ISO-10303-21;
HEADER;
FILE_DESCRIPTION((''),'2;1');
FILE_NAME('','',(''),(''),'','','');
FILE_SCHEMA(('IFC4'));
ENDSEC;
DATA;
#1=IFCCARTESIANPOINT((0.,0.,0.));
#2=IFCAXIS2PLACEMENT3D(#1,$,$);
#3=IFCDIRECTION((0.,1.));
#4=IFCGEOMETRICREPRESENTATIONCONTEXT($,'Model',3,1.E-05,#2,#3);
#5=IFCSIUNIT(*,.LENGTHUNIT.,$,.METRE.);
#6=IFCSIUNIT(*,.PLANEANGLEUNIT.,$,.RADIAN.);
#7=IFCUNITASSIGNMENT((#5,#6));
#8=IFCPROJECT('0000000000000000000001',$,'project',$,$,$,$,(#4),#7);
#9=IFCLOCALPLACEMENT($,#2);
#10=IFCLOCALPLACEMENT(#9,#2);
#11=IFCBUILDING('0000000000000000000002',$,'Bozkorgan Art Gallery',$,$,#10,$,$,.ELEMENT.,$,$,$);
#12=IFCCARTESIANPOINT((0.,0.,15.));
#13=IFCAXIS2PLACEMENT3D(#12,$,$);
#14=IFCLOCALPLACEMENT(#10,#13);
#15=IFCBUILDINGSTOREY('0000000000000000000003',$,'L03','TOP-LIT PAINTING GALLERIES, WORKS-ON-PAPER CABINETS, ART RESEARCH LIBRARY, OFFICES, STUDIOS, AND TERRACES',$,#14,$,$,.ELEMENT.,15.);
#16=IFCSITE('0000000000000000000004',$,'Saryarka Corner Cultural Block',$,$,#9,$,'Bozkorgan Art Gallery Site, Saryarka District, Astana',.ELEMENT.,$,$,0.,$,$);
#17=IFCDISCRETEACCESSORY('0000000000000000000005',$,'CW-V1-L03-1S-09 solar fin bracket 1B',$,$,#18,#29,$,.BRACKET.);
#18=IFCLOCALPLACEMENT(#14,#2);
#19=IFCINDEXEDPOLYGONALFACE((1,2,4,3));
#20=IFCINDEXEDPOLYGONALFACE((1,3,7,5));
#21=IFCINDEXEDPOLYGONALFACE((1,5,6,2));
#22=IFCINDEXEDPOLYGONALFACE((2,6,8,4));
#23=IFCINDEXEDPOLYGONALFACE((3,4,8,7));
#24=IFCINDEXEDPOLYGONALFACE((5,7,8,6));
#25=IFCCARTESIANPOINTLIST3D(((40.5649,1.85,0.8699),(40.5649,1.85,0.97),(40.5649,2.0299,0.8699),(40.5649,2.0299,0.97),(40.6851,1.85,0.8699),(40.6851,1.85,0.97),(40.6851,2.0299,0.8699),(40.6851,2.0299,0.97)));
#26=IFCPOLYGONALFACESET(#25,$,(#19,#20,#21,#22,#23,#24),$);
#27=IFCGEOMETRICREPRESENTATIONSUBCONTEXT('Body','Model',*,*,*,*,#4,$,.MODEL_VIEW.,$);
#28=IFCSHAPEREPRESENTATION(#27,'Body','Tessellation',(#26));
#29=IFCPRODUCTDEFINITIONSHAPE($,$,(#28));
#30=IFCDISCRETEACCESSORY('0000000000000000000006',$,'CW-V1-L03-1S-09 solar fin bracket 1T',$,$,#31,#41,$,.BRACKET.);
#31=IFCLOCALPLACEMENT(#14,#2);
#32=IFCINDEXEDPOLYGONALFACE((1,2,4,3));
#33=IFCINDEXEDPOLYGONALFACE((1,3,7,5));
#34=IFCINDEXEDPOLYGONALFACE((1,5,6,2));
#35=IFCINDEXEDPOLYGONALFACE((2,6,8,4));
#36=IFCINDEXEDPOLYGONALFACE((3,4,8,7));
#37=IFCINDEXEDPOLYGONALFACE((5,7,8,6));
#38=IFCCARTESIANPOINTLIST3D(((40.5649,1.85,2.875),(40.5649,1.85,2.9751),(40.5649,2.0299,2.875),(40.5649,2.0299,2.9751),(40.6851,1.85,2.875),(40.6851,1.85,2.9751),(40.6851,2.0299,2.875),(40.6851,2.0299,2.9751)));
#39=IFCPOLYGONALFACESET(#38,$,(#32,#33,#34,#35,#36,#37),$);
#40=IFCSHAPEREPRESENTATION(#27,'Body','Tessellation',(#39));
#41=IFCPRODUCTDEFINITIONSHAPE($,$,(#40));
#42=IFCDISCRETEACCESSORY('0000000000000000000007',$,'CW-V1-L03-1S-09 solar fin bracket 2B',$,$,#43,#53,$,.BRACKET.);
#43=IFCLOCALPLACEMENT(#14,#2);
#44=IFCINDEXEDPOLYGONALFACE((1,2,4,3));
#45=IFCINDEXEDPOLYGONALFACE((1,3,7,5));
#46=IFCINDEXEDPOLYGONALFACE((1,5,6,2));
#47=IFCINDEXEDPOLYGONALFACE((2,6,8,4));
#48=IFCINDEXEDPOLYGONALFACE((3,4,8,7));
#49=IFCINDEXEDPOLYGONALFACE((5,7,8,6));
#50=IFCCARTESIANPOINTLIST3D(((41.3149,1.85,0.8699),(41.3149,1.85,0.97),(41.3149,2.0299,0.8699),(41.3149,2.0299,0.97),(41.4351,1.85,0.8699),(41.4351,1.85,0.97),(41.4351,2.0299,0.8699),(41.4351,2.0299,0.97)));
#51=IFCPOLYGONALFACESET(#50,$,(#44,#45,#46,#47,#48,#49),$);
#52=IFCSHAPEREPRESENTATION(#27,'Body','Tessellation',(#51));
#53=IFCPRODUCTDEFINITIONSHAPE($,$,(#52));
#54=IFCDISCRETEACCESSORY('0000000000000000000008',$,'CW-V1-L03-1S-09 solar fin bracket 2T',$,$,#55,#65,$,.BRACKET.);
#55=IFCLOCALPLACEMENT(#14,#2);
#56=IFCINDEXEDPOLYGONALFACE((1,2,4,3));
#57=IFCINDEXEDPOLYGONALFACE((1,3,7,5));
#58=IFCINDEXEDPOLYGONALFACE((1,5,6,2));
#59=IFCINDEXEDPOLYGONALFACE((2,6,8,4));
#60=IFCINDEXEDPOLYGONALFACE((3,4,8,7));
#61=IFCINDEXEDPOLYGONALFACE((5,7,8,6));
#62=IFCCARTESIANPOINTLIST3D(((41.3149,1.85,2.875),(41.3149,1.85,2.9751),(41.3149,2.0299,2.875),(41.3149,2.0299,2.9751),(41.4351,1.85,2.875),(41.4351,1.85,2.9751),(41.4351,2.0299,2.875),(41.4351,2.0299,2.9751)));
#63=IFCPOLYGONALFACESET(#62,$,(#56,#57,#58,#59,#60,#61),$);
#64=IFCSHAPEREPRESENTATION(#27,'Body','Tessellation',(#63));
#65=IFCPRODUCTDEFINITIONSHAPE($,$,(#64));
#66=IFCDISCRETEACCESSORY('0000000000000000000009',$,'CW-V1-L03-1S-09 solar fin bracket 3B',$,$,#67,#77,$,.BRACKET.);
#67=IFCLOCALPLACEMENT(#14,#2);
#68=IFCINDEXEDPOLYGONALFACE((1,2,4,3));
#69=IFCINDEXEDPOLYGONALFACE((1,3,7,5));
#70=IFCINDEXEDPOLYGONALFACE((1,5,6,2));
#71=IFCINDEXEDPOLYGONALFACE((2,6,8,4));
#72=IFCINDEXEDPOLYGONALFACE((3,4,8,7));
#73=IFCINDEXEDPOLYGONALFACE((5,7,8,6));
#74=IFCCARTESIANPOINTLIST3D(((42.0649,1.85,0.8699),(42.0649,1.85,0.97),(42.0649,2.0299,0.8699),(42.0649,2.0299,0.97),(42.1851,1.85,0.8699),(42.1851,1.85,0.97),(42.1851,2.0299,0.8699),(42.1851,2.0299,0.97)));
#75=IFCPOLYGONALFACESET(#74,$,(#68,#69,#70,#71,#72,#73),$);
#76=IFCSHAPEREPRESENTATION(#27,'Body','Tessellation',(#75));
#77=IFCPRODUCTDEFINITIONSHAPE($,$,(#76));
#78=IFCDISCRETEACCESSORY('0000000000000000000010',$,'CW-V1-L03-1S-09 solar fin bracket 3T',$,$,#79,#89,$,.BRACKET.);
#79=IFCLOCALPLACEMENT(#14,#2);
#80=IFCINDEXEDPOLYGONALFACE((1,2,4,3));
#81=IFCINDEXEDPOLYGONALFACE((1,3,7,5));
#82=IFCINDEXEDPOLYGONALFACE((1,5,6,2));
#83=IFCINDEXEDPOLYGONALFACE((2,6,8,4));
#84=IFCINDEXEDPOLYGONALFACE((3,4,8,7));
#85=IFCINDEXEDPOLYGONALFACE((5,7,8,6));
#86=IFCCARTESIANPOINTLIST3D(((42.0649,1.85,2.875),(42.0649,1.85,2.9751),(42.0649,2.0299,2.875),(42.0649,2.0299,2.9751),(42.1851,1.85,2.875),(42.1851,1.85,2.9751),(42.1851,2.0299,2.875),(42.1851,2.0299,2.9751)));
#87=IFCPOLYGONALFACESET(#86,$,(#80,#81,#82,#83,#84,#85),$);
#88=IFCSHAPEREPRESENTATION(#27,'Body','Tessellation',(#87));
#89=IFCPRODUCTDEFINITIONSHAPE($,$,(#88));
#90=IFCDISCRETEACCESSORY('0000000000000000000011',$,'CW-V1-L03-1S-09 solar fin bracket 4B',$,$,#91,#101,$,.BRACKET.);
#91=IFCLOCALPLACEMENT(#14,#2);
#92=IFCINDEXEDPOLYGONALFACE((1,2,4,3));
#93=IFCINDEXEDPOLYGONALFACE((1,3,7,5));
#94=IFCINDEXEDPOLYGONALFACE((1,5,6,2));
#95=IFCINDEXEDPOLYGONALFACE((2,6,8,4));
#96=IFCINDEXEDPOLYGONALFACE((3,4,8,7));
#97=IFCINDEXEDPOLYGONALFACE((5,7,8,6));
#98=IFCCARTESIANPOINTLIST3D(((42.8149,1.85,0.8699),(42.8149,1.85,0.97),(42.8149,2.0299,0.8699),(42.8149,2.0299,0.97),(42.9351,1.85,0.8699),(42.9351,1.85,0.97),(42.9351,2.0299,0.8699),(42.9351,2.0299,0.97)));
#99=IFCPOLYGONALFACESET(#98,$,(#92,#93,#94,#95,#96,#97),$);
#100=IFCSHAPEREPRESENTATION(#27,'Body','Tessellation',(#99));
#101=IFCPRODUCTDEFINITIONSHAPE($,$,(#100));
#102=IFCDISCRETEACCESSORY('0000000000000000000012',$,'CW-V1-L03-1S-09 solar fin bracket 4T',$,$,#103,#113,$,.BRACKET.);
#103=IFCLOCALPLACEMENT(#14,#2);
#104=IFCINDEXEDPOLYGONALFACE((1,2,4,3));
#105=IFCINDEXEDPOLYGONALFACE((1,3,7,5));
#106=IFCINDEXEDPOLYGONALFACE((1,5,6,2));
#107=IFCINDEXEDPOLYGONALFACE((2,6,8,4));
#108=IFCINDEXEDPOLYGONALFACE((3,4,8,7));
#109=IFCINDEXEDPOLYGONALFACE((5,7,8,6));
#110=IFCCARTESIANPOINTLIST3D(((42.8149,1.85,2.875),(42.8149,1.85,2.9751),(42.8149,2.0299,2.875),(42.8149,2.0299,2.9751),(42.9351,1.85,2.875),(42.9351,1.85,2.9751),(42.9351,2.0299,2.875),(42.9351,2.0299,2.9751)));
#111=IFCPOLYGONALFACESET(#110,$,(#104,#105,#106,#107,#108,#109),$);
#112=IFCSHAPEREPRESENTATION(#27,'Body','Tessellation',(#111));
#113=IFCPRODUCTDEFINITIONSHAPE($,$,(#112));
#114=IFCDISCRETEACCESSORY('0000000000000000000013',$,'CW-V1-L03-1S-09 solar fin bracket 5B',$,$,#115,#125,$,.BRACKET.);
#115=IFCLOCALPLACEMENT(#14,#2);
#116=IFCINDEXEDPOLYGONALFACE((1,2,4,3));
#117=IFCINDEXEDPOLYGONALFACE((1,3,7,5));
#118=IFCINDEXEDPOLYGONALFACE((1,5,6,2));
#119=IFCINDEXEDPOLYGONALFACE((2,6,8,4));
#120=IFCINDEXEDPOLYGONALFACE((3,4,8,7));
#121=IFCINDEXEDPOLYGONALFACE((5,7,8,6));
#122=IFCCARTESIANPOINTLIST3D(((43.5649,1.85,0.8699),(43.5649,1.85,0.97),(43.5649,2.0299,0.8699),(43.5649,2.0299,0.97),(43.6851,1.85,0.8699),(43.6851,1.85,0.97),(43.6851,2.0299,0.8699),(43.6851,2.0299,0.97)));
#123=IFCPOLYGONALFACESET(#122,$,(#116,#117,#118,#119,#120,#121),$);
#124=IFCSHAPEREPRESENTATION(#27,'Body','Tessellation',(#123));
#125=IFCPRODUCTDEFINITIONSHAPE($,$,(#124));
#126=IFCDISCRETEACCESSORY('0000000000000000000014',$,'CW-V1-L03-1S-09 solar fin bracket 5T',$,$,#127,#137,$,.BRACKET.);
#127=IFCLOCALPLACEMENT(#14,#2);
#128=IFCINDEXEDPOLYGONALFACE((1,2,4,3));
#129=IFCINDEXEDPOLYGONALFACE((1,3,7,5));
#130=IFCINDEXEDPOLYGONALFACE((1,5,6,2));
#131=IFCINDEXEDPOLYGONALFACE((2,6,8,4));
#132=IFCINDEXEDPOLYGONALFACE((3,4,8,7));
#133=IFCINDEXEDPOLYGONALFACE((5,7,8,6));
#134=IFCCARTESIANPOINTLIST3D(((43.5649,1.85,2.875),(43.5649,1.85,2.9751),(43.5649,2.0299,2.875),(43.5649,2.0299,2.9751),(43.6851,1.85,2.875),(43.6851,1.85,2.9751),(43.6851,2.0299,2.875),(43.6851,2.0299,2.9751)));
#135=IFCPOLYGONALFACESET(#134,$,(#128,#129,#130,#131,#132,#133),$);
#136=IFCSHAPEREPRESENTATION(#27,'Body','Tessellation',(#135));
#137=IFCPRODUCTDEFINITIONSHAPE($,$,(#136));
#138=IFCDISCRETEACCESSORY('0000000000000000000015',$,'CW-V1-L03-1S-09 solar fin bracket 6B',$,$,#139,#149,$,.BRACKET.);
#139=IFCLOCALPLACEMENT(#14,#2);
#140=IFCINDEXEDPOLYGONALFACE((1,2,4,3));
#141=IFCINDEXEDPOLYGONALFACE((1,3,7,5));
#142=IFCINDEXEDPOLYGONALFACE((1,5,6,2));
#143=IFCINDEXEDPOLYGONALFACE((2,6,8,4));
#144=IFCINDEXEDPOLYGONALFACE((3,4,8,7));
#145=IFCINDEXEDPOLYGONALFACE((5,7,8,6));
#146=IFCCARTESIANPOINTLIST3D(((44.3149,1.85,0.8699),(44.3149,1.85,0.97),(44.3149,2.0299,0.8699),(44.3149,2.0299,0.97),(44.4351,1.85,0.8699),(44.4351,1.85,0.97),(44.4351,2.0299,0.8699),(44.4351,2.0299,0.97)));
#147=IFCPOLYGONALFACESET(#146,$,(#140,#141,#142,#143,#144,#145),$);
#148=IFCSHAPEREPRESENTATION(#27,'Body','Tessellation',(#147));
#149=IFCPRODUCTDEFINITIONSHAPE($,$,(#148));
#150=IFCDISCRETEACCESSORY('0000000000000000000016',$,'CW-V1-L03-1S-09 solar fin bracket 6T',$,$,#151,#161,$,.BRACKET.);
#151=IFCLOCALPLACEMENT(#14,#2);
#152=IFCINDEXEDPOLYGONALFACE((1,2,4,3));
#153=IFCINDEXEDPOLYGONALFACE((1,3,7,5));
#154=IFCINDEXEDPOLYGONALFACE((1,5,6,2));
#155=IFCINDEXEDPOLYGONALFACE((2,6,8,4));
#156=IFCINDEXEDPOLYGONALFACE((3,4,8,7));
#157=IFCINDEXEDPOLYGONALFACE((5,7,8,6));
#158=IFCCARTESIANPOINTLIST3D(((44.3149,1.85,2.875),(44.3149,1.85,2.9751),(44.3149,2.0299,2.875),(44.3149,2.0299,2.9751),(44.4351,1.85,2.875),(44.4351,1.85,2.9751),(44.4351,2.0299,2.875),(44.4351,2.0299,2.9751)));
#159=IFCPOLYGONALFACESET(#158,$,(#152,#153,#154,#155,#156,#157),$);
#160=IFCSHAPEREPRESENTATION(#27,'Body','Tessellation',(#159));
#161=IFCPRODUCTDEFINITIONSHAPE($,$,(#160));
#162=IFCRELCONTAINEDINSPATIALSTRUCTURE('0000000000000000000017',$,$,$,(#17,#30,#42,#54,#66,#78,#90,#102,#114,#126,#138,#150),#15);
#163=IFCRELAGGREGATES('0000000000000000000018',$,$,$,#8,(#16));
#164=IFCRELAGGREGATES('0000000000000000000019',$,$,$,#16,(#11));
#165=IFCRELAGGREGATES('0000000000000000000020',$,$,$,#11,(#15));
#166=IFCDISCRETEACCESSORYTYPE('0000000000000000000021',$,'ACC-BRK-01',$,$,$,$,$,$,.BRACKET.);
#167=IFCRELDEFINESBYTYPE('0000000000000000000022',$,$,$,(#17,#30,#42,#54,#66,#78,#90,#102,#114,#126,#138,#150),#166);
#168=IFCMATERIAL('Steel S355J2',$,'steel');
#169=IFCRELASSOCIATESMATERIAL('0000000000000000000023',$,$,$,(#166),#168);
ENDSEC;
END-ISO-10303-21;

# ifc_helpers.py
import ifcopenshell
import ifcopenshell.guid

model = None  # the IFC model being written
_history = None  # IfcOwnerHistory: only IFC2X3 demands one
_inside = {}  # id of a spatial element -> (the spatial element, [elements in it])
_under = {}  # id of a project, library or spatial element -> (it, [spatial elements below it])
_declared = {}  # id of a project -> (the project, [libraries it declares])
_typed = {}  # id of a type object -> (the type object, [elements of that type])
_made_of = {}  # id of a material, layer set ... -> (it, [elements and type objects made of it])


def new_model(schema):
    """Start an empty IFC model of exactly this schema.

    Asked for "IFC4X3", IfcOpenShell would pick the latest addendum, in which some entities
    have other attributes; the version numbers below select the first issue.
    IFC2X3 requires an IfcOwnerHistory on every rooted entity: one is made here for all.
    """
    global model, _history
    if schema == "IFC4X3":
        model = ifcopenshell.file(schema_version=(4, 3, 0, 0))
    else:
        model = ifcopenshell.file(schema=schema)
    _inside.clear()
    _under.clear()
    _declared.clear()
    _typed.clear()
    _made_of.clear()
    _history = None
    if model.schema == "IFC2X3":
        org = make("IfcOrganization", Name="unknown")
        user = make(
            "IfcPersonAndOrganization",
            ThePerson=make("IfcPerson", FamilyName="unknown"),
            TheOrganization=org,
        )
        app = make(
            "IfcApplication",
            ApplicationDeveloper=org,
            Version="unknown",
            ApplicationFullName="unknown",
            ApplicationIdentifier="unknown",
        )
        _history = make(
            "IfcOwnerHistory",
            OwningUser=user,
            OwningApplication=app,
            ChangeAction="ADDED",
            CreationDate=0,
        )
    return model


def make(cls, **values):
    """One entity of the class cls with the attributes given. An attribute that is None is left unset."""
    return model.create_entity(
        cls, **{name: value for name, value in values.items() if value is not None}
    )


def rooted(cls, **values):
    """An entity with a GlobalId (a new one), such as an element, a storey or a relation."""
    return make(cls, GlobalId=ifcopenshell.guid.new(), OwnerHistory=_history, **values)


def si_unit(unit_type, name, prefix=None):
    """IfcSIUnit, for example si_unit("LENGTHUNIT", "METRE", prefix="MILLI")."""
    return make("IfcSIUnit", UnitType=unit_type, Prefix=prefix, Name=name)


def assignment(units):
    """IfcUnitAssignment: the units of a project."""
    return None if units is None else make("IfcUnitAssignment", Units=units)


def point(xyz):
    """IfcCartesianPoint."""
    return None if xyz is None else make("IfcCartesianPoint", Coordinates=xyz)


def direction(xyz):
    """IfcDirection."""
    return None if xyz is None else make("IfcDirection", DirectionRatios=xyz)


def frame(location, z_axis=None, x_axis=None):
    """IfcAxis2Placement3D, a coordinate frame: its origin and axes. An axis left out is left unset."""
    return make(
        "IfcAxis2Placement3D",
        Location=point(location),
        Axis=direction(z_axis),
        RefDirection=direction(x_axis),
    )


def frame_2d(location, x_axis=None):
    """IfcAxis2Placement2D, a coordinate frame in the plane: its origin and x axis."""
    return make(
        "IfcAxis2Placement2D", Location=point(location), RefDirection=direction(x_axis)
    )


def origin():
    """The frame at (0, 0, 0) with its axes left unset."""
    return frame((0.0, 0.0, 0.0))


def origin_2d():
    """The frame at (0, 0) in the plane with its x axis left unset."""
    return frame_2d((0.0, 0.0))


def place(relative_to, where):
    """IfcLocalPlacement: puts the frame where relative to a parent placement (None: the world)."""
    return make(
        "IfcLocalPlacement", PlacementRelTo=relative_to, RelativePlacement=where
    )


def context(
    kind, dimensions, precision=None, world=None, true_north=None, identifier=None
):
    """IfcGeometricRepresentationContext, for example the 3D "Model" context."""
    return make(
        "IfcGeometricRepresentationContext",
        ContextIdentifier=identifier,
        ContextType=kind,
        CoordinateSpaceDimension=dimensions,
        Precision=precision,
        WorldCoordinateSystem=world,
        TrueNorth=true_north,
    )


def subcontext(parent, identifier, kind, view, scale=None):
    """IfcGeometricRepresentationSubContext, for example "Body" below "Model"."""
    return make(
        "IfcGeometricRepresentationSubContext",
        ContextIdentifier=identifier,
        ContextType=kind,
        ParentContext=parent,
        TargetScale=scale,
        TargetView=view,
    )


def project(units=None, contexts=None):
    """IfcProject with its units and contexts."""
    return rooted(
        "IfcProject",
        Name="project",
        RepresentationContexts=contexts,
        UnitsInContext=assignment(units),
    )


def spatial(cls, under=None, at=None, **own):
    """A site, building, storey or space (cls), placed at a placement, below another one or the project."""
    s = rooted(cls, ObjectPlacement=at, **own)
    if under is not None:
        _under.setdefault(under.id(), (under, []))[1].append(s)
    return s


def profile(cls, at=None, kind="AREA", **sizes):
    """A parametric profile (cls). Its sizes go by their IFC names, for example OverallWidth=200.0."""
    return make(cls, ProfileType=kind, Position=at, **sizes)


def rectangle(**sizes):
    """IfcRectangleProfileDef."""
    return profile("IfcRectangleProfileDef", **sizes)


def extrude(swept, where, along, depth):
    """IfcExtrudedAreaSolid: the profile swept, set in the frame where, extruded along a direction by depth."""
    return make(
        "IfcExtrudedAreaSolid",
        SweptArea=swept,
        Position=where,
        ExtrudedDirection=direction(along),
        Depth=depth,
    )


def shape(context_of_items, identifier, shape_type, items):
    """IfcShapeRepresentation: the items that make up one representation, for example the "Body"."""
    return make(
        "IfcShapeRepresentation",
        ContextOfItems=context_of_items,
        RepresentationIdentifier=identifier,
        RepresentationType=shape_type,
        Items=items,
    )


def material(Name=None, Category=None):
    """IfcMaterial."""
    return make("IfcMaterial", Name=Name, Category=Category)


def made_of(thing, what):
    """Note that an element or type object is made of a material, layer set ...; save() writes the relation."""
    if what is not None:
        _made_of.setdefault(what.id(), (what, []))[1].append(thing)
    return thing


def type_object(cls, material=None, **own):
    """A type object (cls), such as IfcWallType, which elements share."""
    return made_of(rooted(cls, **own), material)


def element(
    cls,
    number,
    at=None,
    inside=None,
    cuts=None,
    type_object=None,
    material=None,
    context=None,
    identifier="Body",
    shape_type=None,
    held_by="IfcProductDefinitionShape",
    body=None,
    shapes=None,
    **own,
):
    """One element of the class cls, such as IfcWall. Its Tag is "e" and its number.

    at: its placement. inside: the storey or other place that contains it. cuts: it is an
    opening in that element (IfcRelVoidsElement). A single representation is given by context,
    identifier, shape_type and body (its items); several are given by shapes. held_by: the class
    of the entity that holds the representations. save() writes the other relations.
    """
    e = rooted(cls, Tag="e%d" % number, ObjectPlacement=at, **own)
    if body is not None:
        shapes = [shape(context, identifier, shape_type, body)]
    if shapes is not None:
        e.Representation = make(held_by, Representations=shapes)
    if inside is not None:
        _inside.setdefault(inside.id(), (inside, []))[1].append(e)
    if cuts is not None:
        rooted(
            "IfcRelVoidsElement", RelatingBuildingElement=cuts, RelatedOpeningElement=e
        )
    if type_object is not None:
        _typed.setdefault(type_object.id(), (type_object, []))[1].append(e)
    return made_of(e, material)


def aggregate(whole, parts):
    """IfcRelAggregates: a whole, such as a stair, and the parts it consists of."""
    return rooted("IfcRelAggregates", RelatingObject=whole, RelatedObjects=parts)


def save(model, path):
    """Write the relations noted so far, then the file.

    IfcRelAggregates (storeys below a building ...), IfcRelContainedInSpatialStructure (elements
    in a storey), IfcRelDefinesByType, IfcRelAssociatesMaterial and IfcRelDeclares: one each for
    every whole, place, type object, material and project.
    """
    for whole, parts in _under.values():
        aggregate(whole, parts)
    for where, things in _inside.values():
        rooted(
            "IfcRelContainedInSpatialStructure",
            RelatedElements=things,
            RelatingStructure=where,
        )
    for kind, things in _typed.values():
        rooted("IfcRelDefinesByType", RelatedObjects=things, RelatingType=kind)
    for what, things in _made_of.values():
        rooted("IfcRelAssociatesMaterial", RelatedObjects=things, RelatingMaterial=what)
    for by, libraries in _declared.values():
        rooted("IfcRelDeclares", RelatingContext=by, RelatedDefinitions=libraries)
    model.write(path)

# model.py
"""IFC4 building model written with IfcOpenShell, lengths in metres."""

from ifc_helpers import new_model, si_unit, direction, frame, origin, origin_2d, place, context, subcontext, project, spatial, rectangle, extrude, material, type_object, element, save


model = new_model("IFC4")

# Units and contexts
model_context = context("Model", 3, precision=1e-05, world=origin(), true_north=direction((0.0, 1.0)))
body_context = subcontext(model_context, "Body", "Model", "MODEL_VIEW")
ifc_project = project(units=[si_unit("LENGTHUNIT", "METRE"), si_unit("PLANEANGLEUNIT", "RADIAN")], contexts=[model_context])

# Site, building, storey
site_placement = place(None, origin())
site = spatial("IfcSite", under=ifc_project, at=site_placement, Name="Saryarka Corner Cultural Block", LongName="Bozkorgan Art Gallery Site, Saryarka District, Astana", CompositionType="ELEMENT", RefElevation=0.0)
building_placement = place(site_placement, origin())
building = spatial("IfcBuilding", under=site, at=building_placement, Name="Bozkorgan Art Gallery", CompositionType="ELEMENT")
storey_placement = place(building_placement, frame((0.0, 0.0, 15.0)))
storey = spatial("IfcBuildingStorey", under=building, at=storey_placement, Name="L03", Description="TOP-LIT PAINTING GALLERIES, WORKS-ON-PAPER CABINETS, ART RESEARCH LIBRARY, OFFICES, STUDIOS, AND TERRACES", CompositionType="ELEMENT", Elevation=15.0)

# Discrete accessories
ifc_material_1 = material(Name="Steel S355J2", Category="steel")
discrete_accessory_type = type_object("IfcDiscreteAccessoryType", Name="ACC-BRK-01", PredefinedType="BRACKET", material=ifc_material_1)
for number, where, z_axis, x_axis, name in (
    (1, (40.625, 1.9399, 0.8699), (0.0, 0.0, 1.0), (0.0, -1.0, 0.0), "CW-V1-L03-1S-09 solar fin bracket 1B"),
    (2, (40.625, 1.9399, 2.875), (0.0, 0.0, 1.0), (0.0, -1.0, 0.0), "CW-V1-L03-1S-09 solar fin bracket 1T"),
    (3, (41.375, 1.9399, 0.8699), (0.0, 0.0, 1.0), (0.0, -1.0, 0.0), "CW-V1-L03-1S-09 solar fin bracket 2B"),
    (4, (41.375, 1.9399, 2.875), (0.0, 0.0, 1.0), (0.0, -1.0, 0.0), "CW-V1-L03-1S-09 solar fin bracket 2T"),
    (5, (42.125, 1.9399, 0.8699), (0.0, 0.0, 1.0), (0.0, -1.0, 0.0), "CW-V1-L03-1S-09 solar fin bracket 3B"),
    (6, (42.125, 1.9399, 2.875), (0.0, 0.0, 1.0), (0.0, -1.0, 0.0), "CW-V1-L03-1S-09 solar fin bracket 3T"),
    (7, (42.875, 1.9399, 0.8699), (0.0, 0.0, 1.0), (0.0, -1.0, 0.0), "CW-V1-L03-1S-09 solar fin bracket 4B"),
    (8, (42.875, 1.9399, 2.875), (0.0, 0.0, 1.0), (0.0, -1.0, 0.0), "CW-V1-L03-1S-09 solar fin bracket 4T"),
    (9, (43.625, 1.9399, 0.8699), (0.0, 0.0, 1.0), (0.0, -1.0, 0.0), "CW-V1-L03-1S-09 solar fin bracket 5B"),
    (10, (43.625, 1.9399, 2.875), (0.0, 0.0, 1.0), (0.0, -1.0, 0.0), "CW-V1-L03-1S-09 solar fin bracket 5T"),
    (11, (44.375, 1.9399, 0.8699), (0.0, 0.0, 1.0), (0.0, -1.0, 0.0), "CW-V1-L03-1S-09 solar fin bracket 6B"),
    (12, (44.375, 1.9399, 2.875), (0.0, 0.0, 1.0), (0.0, -1.0, 0.0), "CW-V1-L03-1S-09 solar fin bracket 6T"),
):
    element("IfcDiscreteAccessory", number, at=place(storey_placement, frame(where, z_axis=z_axis, x_axis=x_axis)), inside=storey, type_object=discrete_accessory_type, Name=name, PredefinedType="BRACKET", context=body_context, shape_type="SweptSolid", body=[
        extrude(rectangle(XDim=0.1799, YDim=0.1201, at=origin_2d()), origin(), (0.0, 0.0, 1.0), 0.1001),
    ])

save(model, "model.ifc")
